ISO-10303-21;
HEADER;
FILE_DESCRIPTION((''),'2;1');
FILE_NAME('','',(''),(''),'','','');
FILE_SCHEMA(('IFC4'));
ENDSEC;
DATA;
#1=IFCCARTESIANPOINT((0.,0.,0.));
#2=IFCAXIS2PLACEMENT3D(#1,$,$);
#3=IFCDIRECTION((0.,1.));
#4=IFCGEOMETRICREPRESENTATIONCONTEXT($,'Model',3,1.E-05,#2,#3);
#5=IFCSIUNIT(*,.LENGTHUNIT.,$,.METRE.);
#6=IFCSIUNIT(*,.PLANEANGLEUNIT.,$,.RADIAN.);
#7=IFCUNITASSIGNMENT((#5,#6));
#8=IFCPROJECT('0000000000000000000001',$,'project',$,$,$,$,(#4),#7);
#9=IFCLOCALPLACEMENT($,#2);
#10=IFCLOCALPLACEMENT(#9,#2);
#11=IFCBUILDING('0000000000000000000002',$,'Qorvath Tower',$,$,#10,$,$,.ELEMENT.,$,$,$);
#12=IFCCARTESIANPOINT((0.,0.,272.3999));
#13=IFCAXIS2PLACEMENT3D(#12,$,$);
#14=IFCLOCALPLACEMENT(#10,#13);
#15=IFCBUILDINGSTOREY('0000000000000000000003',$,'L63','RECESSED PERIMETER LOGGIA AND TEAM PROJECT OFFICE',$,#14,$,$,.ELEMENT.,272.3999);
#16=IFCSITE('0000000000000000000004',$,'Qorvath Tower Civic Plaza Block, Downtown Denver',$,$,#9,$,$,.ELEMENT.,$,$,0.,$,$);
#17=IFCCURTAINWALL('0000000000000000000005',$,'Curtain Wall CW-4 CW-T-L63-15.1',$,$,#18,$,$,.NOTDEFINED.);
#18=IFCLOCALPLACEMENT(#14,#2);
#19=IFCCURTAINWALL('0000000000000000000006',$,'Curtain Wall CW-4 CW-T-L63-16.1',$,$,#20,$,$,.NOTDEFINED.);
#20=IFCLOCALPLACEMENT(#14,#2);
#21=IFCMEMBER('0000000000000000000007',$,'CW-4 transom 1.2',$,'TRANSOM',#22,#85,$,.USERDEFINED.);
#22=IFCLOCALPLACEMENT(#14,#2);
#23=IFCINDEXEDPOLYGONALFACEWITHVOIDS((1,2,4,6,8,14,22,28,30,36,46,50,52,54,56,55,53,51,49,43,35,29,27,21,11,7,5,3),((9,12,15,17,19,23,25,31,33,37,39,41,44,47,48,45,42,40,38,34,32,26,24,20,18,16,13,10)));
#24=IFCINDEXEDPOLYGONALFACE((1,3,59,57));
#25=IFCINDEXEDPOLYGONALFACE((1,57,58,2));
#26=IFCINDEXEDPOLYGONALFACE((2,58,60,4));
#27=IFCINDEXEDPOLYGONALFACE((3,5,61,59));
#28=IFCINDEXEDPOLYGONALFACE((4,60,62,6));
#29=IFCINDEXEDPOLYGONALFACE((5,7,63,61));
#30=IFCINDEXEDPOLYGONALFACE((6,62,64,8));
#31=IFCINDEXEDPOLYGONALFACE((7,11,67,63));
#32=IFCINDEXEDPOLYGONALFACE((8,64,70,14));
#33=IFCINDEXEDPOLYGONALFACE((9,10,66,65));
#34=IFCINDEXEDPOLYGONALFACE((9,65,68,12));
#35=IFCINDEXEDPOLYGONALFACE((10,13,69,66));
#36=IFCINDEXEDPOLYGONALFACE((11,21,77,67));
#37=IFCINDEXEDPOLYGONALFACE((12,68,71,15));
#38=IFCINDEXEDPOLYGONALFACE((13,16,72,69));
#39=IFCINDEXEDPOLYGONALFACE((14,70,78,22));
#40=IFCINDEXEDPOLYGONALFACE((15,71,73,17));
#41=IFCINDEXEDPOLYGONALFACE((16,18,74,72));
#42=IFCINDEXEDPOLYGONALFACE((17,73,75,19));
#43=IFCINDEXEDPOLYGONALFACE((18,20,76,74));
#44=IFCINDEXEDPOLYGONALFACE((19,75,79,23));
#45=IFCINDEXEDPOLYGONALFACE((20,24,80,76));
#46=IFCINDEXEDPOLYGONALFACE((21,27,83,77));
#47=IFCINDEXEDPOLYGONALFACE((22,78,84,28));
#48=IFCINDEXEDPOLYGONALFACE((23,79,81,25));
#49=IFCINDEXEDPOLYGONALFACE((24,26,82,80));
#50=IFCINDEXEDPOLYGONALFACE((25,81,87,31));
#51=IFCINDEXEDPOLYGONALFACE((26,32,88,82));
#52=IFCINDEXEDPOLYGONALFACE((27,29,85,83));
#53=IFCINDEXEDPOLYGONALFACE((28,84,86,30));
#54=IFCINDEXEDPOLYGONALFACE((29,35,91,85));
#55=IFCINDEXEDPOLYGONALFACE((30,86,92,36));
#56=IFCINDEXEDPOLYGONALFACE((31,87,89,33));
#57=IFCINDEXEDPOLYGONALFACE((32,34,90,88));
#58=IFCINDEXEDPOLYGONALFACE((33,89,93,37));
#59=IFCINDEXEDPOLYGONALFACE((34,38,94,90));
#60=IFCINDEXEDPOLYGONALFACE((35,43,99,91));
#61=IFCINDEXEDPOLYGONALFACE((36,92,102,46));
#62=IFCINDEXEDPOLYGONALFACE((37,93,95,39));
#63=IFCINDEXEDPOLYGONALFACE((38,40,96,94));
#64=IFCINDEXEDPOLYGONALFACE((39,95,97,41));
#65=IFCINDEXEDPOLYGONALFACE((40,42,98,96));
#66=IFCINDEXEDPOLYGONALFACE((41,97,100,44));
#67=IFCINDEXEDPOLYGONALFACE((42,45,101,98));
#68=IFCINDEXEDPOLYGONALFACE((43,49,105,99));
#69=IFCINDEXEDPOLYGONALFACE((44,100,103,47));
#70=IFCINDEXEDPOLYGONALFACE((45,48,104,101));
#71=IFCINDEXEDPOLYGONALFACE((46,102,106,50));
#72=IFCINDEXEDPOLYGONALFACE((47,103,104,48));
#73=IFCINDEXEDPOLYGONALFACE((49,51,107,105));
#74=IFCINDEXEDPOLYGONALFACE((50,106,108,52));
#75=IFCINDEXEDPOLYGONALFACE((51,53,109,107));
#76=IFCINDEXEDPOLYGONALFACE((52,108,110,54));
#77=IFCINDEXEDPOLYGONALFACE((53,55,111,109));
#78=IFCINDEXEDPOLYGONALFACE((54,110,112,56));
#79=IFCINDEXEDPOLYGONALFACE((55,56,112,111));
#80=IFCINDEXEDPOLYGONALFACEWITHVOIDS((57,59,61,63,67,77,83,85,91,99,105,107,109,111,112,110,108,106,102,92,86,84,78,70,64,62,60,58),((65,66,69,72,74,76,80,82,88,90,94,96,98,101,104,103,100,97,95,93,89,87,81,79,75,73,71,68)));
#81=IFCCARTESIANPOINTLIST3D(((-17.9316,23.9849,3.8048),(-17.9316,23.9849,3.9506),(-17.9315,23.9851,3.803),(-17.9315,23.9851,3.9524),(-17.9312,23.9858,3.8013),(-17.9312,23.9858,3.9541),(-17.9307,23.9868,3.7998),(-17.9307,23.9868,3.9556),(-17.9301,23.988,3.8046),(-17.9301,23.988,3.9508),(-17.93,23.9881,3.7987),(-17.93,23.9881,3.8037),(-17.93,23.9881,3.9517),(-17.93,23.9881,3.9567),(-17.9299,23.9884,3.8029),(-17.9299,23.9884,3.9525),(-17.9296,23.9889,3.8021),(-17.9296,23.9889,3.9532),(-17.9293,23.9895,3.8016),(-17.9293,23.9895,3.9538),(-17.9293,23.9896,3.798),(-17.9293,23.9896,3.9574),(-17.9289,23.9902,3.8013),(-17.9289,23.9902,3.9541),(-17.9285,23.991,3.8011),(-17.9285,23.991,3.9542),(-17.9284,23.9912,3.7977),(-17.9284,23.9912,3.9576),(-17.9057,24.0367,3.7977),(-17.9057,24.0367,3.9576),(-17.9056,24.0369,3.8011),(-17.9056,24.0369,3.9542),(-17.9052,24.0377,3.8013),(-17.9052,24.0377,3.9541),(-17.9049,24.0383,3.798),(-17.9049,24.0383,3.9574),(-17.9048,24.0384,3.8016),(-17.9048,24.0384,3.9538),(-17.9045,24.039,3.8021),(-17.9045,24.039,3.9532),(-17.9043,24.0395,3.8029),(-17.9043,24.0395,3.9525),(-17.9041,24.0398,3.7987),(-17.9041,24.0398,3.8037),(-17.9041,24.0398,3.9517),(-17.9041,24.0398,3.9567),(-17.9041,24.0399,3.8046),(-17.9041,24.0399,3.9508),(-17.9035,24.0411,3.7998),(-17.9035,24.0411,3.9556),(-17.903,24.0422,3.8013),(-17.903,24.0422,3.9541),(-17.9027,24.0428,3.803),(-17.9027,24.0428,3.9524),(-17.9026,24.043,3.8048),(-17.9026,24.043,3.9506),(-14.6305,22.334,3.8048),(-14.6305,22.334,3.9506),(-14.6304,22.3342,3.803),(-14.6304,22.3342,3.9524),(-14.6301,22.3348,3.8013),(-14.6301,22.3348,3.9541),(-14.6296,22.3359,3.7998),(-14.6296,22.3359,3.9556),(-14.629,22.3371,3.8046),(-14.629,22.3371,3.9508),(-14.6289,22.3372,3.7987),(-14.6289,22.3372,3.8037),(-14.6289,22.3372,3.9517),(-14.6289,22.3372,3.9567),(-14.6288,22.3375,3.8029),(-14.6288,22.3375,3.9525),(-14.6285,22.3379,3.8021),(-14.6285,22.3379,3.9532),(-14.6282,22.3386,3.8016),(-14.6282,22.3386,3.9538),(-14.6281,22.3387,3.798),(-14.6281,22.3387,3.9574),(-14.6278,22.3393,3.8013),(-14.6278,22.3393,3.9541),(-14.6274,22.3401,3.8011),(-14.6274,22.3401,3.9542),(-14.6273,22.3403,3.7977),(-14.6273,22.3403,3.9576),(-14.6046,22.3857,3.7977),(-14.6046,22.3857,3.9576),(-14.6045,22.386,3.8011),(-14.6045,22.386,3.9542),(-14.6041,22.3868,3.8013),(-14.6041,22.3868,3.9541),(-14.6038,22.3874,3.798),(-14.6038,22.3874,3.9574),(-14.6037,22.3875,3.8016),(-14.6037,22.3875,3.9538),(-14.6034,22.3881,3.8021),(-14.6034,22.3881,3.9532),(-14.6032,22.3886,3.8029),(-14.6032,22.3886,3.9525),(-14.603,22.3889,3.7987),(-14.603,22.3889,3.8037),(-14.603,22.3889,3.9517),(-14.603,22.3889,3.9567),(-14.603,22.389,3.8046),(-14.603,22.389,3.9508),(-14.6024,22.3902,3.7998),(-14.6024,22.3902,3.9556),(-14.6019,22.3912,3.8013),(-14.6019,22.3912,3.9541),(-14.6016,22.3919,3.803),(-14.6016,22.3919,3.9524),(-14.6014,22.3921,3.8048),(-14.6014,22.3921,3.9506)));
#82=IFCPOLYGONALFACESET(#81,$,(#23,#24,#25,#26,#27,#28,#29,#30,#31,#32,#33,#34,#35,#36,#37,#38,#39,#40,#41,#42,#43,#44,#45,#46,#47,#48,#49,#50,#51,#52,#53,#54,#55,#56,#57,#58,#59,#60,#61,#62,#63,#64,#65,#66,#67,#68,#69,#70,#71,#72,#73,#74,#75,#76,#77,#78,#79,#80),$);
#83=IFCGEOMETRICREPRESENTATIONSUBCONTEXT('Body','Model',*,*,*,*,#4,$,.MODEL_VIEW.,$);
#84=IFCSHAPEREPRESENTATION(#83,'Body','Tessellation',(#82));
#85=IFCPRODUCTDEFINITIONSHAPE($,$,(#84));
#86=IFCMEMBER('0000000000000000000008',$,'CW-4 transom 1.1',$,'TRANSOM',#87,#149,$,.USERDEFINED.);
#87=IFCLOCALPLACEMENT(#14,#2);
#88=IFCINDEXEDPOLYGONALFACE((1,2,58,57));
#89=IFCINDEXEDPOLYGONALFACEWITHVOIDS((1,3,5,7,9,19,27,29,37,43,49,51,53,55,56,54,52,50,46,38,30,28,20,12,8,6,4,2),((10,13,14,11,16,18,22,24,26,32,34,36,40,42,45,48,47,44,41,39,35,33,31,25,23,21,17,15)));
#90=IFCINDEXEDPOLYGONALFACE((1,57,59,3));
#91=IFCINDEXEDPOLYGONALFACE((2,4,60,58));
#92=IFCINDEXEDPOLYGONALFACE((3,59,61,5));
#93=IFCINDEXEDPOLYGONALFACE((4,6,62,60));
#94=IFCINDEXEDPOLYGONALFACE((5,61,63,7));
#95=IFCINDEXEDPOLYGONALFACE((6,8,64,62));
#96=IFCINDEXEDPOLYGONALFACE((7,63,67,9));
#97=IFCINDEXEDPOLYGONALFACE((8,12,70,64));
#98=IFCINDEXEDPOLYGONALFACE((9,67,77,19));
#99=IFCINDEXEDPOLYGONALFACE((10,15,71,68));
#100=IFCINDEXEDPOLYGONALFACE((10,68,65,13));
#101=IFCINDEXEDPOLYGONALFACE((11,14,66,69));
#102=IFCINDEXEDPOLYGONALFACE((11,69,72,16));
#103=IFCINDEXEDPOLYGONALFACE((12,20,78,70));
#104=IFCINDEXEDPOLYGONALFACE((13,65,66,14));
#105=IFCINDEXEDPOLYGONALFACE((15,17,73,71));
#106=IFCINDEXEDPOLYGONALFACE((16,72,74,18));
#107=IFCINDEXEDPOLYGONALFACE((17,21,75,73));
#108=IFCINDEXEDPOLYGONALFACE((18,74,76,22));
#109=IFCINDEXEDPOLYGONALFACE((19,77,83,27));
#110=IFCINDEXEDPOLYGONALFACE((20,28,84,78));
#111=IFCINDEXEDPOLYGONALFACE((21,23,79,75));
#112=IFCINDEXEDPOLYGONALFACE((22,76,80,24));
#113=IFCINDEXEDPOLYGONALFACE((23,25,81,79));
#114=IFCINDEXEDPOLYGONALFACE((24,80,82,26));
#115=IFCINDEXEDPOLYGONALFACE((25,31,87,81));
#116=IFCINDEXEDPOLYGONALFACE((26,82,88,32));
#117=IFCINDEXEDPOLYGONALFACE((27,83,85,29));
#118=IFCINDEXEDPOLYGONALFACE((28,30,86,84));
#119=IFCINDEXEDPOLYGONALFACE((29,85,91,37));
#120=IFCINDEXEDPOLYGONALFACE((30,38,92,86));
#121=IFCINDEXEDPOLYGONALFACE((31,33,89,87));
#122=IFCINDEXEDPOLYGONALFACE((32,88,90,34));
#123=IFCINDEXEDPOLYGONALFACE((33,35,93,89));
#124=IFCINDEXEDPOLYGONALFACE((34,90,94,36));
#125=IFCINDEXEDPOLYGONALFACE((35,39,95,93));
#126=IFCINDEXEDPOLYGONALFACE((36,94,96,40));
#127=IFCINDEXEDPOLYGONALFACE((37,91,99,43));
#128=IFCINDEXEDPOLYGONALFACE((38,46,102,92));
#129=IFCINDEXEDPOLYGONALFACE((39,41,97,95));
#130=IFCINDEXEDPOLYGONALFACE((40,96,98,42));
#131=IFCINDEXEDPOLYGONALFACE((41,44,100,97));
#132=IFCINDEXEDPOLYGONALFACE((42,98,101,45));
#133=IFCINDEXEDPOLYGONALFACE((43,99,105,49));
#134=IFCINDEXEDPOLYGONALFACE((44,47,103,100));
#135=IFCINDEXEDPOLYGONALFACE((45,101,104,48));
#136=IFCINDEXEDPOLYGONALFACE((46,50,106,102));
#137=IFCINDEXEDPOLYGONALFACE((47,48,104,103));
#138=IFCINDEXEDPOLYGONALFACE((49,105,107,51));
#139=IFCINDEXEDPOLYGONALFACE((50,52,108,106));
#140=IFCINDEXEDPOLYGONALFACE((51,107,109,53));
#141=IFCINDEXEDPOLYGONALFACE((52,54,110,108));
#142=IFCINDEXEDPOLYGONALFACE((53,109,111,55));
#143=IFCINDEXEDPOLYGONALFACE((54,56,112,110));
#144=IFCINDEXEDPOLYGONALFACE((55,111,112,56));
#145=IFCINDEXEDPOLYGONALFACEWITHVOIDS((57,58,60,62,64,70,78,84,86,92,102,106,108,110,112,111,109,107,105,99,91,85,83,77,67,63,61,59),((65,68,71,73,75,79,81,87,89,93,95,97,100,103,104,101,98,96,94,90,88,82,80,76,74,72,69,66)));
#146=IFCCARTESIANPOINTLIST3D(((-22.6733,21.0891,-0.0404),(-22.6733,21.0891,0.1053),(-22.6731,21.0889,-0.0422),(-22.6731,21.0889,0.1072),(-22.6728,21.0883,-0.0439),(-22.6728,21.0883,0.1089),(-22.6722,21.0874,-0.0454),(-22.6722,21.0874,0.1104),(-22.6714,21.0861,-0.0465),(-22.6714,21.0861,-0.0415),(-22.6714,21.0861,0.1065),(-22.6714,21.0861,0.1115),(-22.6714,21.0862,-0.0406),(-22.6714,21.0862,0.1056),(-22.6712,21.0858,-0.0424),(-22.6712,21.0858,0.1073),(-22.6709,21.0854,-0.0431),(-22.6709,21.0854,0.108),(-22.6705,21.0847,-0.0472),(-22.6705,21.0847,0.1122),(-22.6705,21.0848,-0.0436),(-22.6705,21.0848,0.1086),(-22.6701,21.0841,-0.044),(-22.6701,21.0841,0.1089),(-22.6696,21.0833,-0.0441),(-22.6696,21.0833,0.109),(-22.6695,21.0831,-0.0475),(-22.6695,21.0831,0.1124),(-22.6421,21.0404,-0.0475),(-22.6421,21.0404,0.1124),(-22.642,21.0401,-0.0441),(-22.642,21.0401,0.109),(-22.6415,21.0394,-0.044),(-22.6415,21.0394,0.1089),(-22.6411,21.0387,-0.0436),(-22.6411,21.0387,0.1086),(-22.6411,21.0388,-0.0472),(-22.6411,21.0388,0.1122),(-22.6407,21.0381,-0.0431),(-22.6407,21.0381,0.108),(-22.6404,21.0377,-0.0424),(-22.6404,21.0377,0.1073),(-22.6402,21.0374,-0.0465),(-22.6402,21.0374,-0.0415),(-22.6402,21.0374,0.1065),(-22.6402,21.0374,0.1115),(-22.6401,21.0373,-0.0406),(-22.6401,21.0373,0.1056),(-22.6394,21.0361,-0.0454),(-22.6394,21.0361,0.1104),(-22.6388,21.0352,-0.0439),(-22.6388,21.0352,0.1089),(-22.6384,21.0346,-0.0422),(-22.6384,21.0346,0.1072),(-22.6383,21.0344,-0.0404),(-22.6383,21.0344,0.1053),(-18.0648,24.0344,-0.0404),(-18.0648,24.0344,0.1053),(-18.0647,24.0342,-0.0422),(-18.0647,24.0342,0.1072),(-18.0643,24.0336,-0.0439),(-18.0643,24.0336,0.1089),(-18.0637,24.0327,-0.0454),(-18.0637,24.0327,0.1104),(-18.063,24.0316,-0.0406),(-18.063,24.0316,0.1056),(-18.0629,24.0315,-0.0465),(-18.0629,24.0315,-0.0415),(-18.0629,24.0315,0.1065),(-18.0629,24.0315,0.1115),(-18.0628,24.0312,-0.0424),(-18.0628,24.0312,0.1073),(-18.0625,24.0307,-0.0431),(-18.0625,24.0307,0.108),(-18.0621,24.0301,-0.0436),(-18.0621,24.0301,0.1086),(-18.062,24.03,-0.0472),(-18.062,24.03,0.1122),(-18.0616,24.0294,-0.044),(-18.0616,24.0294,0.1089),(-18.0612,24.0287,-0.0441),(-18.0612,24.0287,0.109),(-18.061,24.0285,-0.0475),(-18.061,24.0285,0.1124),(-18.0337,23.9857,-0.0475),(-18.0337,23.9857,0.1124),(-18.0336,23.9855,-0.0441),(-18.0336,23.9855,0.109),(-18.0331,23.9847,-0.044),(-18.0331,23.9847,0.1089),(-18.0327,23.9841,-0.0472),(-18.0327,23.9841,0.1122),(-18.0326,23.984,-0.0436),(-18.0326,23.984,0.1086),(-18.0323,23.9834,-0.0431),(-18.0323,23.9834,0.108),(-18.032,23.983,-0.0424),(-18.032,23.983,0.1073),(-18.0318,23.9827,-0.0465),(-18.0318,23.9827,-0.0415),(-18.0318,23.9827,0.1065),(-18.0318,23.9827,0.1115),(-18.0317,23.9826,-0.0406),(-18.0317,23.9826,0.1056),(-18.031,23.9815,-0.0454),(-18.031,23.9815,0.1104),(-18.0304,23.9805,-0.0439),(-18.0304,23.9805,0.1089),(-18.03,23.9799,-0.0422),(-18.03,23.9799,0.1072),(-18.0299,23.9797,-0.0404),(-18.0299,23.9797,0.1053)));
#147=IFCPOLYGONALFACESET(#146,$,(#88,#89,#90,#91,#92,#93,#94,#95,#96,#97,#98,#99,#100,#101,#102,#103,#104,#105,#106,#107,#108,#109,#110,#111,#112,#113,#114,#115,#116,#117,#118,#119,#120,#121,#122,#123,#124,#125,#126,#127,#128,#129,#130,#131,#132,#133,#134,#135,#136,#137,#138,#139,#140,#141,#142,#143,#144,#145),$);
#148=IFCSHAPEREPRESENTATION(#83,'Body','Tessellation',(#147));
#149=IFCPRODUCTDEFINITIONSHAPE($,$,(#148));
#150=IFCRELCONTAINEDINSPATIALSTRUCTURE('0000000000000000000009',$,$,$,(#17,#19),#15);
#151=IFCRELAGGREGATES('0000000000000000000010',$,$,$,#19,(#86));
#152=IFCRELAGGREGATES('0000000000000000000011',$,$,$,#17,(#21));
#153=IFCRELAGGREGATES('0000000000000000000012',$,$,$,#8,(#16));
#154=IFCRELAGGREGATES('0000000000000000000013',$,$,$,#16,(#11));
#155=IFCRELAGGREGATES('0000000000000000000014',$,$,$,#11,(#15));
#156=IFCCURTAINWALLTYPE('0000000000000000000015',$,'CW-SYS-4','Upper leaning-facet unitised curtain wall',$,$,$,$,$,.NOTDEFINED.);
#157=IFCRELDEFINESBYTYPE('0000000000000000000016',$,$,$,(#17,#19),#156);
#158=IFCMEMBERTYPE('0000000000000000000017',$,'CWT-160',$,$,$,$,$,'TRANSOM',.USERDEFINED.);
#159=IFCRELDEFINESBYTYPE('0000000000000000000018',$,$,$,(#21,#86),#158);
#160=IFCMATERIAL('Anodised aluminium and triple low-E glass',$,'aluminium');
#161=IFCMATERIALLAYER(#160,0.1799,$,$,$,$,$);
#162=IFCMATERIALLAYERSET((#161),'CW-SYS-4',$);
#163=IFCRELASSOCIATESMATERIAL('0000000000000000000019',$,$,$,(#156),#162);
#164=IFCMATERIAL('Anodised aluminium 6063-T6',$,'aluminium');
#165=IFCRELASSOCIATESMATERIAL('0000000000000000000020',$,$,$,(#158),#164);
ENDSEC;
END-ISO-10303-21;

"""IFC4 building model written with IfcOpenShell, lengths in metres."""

from ifc_helpers import new_model, si_unit, direction, frame, origin, origin_2d, place, context, subcontext, project, spatial, hollow_rectangle, extrude, material, layer, layer_set, material_profile, profile_set, type_object, element, aggregate, save


model = new_model("IFC4")

# Units and contexts
model_context = context("Model", 3, precision=1e-05, world=origin(), true_north=direction((0.0, 1.0)))
body_context = subcontext(model_context, "Body", "Model", "MODEL_VIEW")
ifc_project = project(units=[si_unit("LENGTHUNIT", "METRE"), si_unit("PLANEANGLEUNIT", "RADIAN")], contexts=[model_context])

# Site, building, storey
site_placement = place(None, origin())
site = spatial("IfcSite", under=ifc_project, at=site_placement, Name="Qorvath Tower Civic Plaza Block, Downtown Denver", CompositionType="ELEMENT", RefElevation=0.0)
building_placement = place(site_placement, origin())
building = spatial("IfcBuilding", under=site, at=building_placement, Name="Qorvath Tower", CompositionType="ELEMENT")
storey_placement = place(building_placement, frame((0.0, 0.0, 272.3999)))
storey = spatial("IfcBuildingStorey", under=building, at=storey_placement, Name="L63", Description="RECESSED PERIMETER LOGGIA AND TEAM PROJECT OFFICE", CompositionType="ELEMENT", Elevation=272.3999)

# Shared definitions
ifc_material_1 = material(Name="Anodised aluminium and triple low-E glass", Category="aluminium")
ifc_layer_1 = layer(ifc_material_1, 0.1799)
ifc_layer_set_1 = layer_set([ifc_layer_1], Name="CW-SYS-4")
curtain_wall_type = type_object("IfcCurtainWallType", Name="CW-SYS-4", Description="Upper leaning-facet unitised curtain wall", PredefinedType="NOTDEFINED", material=ifc_layer_set_1)

# Curtain wall
curtain_wall_1_placement = place(storey_placement, origin())
curtain_wall_1 = element("IfcCurtainWall", 1, at=curtain_wall_1_placement, inside=storey, type_object=curtain_wall_type, Name="Curtain Wall CW-4 CW-T-L63-15.1", PredefinedType="NOTDEFINED")

# Curtain wall
curtain_wall_2_placement = place(storey_placement, origin())
curtain_wall_2 = element("IfcCurtainWall", 2, at=curtain_wall_2_placement, inside=storey, type_object=curtain_wall_type, Name="Curtain Wall CW-4 CW-T-L63-16.1", PredefinedType="NOTDEFINED")

# Members
ifc_material_2 = material(Name="Anodised aluminium 6063-T6", Category="aluminium")
ifc_material_profile_1 = material_profile(ifc_material_2, hollow_rectangle(XDim=0.0649, YDim=0.1599, WallThickness=0.0034, InnerFilletRadius=0.0034, OuterFilletRadius=0.0071, at=origin_2d()), Name="CWT 160x65")
ifc_profile_set_1 = profile_set([ifc_material_profile_1], Name="Anodised aluminium 6063-T6")
member_type_1 = type_object("IfcMemberType", Name="CWT-160", ElementType="TRANSOM", PredefinedType="USERDEFINED", material=ifc_profile_set_1)
member_1_placement = place(storey_placement, frame((-14.616, 22.363, 3.8777), z_axis=(-0.894387, 0.447293, 0.0), x_axis=(-0.447293, -0.894387, 0.0)))
member_1 = element("IfcMember", 3, at=member_1_placement, type_object=member_type_1, Name="CW-4 transom 1.2", ObjectType="TRANSOM", PredefinedType="USERDEFINED", context=body_context, shape_type="SweptSolid", body=[
    extrude(hollow_rectangle(XDim=0.0649, YDim=0.1599, WallThickness=0.0034, InnerFilletRadius=0.0034, OuterFilletRadius=0.0071, at=origin_2d()), origin(), (0.0, 0.0, 1.0), 3.6909),
])
member_2_placement = place(storey_placement, frame((-18.0474, 24.0071, 0.0325), z_axis=(-0.842608, -0.538527, 0.0), x_axis=(0.538527, -0.842608, 0.0)))
member_2 = element("IfcMember", 4, at=member_2_placement, type_object=member_type_1, Name="CW-4 transom 1.1", ObjectType="TRANSOM", PredefinedType="USERDEFINED", context=body_context, shape_type="SweptSolid", body=[
    extrude(hollow_rectangle(XDim=0.0649, YDim=0.1599, WallThickness=0.0034, InnerFilletRadius=0.0034, OuterFilletRadius=0.0071, at=origin_2d()), origin(), (0.0, 0.0, 1.0), 5.4692),
])
aggregate(curtain_wall_2, [member_2])

aggregate(curtain_wall_1, [member_1])

save(model, "model.ifc")
